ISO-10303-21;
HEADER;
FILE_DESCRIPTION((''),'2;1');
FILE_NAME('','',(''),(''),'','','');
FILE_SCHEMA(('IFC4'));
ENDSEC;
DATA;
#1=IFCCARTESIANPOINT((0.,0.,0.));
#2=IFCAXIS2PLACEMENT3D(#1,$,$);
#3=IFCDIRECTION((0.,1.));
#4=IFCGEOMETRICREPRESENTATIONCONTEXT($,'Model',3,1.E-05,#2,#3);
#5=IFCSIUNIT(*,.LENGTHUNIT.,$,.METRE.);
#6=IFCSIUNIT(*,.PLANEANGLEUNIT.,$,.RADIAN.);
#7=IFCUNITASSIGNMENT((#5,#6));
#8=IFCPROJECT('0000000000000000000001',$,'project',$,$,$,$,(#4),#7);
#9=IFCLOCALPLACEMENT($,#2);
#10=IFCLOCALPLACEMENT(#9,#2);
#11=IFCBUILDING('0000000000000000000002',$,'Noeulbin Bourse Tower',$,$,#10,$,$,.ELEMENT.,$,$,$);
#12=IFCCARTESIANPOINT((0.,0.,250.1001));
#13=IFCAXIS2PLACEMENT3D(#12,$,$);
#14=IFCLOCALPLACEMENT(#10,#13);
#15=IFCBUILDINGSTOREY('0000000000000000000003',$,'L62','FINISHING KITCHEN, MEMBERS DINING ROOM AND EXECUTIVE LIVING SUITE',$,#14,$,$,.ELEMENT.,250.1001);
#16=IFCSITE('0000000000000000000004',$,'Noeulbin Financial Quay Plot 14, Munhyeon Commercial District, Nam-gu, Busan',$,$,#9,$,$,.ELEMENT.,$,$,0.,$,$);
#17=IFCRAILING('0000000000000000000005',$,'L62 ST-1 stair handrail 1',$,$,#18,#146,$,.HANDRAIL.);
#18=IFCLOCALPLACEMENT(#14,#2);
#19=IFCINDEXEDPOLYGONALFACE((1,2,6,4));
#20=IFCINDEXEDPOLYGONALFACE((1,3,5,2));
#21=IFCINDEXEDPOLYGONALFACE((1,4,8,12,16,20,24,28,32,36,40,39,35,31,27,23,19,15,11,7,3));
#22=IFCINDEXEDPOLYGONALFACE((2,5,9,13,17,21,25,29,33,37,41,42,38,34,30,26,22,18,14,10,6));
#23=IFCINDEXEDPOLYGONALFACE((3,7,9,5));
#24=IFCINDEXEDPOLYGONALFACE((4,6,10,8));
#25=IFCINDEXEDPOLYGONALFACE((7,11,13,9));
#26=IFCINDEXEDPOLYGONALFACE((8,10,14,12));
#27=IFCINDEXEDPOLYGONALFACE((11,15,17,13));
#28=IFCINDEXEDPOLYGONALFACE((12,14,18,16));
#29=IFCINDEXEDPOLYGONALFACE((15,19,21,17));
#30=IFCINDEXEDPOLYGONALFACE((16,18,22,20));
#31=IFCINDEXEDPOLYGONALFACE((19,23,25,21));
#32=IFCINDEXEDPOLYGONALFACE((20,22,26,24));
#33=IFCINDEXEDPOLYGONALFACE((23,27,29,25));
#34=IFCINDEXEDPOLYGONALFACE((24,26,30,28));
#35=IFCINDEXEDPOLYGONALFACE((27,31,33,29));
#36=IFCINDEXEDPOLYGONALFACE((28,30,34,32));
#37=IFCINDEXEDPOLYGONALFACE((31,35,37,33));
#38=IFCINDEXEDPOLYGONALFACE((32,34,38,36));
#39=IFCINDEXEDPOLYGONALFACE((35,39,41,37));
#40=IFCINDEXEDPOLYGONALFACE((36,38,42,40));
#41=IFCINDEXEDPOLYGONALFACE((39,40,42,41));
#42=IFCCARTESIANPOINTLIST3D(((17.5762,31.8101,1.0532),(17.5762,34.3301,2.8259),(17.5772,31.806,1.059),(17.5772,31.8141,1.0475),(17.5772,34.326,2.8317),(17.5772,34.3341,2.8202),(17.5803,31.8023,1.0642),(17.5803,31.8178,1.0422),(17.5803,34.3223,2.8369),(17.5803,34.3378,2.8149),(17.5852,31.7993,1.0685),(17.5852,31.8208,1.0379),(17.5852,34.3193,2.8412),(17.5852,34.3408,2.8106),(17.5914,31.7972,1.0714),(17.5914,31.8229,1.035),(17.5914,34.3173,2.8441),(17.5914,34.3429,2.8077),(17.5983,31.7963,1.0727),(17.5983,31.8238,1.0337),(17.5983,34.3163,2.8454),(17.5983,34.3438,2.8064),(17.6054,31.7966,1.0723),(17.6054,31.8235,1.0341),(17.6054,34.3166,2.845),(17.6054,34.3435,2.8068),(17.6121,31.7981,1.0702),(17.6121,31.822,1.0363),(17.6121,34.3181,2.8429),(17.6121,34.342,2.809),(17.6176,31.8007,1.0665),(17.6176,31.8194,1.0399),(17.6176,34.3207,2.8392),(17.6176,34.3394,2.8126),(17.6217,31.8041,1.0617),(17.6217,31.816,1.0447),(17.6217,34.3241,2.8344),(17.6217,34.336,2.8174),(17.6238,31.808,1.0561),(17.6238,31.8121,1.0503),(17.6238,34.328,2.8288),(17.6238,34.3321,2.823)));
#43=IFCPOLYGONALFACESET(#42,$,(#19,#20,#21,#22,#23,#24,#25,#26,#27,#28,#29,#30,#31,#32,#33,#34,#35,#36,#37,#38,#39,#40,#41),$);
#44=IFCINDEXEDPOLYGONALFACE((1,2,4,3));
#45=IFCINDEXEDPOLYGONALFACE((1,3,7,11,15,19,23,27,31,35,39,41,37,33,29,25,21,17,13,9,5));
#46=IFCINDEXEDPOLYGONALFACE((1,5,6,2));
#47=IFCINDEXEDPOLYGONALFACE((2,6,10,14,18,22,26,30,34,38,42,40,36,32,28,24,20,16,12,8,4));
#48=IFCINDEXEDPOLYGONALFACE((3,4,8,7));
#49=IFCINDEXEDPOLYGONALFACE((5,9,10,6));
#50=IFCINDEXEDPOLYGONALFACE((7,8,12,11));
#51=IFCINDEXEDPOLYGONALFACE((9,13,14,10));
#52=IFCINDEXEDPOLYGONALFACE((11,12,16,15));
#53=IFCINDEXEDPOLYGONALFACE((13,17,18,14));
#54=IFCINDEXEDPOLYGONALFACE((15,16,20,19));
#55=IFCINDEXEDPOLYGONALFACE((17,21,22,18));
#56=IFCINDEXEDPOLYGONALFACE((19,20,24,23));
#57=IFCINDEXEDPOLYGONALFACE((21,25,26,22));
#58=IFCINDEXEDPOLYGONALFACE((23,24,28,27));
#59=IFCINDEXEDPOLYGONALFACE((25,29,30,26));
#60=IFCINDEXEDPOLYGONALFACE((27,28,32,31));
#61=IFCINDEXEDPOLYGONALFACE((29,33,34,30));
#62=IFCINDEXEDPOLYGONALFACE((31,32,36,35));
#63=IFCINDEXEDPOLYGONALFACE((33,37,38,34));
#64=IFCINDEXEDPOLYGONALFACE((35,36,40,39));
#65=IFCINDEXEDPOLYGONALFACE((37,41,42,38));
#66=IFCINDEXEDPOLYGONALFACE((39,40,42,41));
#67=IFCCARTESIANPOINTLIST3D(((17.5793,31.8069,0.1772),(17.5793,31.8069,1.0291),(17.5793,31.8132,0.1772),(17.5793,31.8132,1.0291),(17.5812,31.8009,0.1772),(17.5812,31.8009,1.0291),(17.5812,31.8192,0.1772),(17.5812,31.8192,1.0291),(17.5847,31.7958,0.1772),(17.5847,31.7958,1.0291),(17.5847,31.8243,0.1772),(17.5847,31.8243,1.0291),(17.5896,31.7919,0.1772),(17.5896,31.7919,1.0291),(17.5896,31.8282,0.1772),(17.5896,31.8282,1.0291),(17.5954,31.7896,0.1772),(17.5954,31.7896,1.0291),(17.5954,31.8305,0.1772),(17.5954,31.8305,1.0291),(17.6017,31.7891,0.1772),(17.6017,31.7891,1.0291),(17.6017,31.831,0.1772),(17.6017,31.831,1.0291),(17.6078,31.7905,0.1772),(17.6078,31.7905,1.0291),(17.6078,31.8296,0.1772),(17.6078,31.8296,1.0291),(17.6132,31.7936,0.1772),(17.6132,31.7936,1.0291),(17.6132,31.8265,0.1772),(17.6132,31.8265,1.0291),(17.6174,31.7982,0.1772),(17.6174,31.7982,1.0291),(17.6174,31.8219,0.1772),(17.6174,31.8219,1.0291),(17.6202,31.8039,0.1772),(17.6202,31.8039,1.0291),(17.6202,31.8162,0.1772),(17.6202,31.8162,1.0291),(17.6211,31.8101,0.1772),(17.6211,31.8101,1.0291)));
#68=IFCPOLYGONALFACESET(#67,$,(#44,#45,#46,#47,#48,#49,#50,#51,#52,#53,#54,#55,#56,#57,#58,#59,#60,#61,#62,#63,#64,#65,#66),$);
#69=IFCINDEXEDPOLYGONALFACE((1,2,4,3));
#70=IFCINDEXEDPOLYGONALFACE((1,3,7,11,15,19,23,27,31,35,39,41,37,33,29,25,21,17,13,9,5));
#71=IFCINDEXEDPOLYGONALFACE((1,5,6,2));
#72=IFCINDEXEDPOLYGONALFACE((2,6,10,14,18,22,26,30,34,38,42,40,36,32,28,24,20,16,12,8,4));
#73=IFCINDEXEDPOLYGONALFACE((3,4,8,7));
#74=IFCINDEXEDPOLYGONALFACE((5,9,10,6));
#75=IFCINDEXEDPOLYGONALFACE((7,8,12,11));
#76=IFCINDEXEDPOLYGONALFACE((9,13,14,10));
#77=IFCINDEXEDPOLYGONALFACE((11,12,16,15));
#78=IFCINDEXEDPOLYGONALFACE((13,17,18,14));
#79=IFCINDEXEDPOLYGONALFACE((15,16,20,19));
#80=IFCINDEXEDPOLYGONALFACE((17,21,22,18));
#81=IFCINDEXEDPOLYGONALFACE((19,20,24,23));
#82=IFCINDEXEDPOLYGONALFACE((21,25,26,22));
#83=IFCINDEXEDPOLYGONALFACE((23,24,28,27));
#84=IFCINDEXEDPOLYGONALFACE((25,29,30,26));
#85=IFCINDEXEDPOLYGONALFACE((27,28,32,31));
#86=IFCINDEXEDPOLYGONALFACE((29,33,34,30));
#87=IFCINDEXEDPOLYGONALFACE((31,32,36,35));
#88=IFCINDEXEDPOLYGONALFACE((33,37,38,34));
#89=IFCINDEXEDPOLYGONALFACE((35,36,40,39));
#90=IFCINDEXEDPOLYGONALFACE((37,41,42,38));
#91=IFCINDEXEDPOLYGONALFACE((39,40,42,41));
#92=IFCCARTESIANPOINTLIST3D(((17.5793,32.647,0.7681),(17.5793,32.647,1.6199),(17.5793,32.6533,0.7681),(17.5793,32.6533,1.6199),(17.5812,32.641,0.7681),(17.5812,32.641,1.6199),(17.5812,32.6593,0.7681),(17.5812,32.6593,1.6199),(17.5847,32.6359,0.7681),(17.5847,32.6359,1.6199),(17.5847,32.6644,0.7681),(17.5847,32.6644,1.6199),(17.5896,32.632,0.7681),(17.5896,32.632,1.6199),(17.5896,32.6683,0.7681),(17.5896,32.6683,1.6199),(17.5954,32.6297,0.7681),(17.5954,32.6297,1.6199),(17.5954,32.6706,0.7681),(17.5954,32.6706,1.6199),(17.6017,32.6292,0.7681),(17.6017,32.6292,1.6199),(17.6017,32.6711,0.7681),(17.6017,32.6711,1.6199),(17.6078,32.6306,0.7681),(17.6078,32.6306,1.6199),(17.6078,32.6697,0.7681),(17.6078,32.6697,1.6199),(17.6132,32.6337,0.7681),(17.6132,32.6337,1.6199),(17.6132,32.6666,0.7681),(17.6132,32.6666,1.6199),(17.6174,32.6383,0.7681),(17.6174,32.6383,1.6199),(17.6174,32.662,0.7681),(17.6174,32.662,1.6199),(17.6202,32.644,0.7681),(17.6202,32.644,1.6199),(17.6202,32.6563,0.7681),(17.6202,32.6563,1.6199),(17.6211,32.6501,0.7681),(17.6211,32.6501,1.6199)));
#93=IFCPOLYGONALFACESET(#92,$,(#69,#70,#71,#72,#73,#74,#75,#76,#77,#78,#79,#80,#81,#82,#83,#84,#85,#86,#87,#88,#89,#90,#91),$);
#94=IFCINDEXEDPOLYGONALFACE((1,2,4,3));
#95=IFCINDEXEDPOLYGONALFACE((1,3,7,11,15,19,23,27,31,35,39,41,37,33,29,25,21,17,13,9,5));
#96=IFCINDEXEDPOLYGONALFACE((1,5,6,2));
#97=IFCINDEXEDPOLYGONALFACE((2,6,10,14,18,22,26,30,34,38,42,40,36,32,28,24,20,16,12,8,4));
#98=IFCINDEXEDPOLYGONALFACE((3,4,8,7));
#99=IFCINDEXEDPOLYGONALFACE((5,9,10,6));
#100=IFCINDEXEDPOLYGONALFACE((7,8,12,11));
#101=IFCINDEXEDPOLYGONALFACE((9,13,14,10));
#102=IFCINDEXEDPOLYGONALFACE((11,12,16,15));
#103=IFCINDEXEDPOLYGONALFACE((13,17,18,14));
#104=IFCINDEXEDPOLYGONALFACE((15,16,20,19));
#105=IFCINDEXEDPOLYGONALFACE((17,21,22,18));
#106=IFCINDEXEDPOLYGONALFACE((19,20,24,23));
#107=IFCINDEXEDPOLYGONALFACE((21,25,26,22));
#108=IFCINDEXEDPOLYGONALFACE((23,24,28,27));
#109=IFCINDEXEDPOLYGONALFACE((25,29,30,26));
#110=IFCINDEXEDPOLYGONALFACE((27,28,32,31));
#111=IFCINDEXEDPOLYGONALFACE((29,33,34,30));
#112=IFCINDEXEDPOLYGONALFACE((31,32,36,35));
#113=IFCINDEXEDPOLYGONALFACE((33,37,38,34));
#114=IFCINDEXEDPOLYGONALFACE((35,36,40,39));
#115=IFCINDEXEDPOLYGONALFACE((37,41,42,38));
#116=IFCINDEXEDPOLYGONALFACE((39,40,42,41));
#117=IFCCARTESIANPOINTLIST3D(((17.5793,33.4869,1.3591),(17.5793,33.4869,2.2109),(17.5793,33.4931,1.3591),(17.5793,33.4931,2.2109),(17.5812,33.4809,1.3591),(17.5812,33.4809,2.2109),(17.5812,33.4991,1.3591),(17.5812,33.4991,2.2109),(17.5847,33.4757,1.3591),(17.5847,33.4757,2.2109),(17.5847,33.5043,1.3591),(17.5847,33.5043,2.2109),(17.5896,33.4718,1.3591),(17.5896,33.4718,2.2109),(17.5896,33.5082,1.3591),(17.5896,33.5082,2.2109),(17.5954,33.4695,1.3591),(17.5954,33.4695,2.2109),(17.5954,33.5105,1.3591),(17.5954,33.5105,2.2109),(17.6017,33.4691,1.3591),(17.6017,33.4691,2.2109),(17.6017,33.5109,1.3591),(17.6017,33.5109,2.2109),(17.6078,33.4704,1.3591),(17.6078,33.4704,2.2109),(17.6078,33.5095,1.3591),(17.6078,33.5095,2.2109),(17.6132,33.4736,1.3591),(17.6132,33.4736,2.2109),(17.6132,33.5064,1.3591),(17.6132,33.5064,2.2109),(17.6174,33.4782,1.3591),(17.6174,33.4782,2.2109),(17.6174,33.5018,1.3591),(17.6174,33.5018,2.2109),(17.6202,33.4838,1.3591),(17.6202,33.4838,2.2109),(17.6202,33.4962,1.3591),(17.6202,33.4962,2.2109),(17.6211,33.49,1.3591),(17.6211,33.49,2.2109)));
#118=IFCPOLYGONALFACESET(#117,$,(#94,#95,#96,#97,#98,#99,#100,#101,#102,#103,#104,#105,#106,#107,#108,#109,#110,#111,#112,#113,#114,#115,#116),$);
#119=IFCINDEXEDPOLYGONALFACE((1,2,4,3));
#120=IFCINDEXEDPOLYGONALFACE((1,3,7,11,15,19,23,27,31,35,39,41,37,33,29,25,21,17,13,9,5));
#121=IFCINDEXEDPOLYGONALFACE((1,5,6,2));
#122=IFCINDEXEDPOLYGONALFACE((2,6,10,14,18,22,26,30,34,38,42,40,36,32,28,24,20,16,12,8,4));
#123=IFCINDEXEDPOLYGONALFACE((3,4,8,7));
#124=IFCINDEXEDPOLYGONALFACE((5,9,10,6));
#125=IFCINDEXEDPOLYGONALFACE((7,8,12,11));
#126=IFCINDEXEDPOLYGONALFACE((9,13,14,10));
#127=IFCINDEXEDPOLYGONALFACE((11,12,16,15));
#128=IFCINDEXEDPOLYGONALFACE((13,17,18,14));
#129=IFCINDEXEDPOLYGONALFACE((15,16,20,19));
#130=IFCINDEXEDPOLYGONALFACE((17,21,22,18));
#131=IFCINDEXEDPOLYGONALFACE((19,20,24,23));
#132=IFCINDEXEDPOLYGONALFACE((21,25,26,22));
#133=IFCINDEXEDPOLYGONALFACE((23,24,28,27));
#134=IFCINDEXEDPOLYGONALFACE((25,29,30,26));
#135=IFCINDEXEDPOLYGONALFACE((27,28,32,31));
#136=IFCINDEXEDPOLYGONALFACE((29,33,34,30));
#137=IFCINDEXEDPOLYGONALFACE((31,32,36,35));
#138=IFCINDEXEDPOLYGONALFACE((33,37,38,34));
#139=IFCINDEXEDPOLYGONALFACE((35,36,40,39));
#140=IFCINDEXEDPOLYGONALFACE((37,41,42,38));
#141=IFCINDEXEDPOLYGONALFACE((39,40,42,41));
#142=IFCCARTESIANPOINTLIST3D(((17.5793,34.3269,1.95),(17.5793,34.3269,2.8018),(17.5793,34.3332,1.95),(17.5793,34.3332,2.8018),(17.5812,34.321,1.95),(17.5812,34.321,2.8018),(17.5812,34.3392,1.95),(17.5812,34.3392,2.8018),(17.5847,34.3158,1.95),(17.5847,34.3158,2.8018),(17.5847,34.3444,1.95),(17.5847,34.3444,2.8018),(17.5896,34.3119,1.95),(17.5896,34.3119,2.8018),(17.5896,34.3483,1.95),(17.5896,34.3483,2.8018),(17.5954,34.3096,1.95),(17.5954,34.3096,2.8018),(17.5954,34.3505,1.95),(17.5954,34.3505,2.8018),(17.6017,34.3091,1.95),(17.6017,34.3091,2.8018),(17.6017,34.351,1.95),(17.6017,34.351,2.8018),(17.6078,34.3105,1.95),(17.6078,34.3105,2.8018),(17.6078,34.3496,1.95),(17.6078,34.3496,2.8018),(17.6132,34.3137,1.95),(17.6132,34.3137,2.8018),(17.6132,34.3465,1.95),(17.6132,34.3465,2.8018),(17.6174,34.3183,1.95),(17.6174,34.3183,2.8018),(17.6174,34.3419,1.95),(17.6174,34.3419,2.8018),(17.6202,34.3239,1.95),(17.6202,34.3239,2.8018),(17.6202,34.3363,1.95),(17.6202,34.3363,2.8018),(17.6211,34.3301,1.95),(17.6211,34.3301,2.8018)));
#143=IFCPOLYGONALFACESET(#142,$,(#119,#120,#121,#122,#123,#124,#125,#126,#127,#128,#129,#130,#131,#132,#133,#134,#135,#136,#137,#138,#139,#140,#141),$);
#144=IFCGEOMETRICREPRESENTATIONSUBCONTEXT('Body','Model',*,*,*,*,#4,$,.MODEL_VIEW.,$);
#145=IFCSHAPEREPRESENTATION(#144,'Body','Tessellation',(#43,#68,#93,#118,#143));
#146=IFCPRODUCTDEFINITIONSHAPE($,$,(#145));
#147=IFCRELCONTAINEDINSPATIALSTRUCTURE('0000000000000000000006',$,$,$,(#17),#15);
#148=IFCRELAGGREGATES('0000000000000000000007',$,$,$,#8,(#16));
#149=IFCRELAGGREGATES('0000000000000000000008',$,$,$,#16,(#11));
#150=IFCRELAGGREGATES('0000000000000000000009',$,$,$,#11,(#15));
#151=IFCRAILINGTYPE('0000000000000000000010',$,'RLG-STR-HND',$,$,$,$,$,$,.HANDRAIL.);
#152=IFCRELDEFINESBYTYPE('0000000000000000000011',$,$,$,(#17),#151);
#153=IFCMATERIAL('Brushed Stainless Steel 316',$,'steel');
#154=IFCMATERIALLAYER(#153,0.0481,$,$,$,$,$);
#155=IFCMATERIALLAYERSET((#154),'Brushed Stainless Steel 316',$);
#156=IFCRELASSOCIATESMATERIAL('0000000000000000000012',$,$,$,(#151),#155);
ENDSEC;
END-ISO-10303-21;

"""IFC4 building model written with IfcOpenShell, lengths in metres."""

from ifc_helpers import new_model, si_unit, direction, frame, origin, origin_2d, place, context, subcontext, project, spatial, circle, extrude, material, layer, layer_set, type_object, element, save


model = new_model("IFC4")

# Units and contexts
model_context = context("Model", 3, precision=1e-05, world=origin(), true_north=direction((0.0, 1.0)))
body_context = subcontext(model_context, "Body", "Model", "MODEL_VIEW")
ifc_project = project(units=[si_unit("LENGTHUNIT", "METRE"), si_unit("PLANEANGLEUNIT", "RADIAN")], contexts=[model_context])

# Site, building, storey
site_placement = place(None, origin())
site = spatial("IfcSite", under=ifc_project, at=site_placement, Name="Noeulbin Financial Quay Plot 14, Munhyeon Commercial District, Nam-gu, Busan", CompositionType="ELEMENT", RefElevation=0.0)
building_placement = place(site_placement, origin())
building = spatial("IfcBuilding", under=site, at=building_placement, Name="Noeulbin Bourse Tower", CompositionType="ELEMENT")
storey_placement = place(building_placement, frame((0.0, 0.0, 250.1001)))
storey = spatial("IfcBuildingStorey", under=building, at=storey_placement, Name="L62", Description="FINISHING KITCHEN, MEMBERS DINING ROOM AND EXECUTIVE LIVING SUITE", CompositionType="ELEMENT", Elevation=250.1001)

# Railing
ifc_material_1 = material(Name="Brushed Stainless Steel 316", Category="steel")
ifc_layer_1 = layer(ifc_material_1, 0.0481)
ifc_layer_set_1 = layer_set([ifc_layer_1], Name="Brushed Stainless Steel 316")
railing_type_1 = type_object("IfcRailingType", Name="RLG-STR-HND", PredefinedType="HANDRAIL", material=ifc_layer_set_1)
railing_1_placement = place(storey_placement, frame((17.6001, 31.8101, 0.1772)))
element("IfcRailing", 1, at=railing_1_placement, inside=storey, type_object=railing_type_1, Name="L62 ST-1 stair handrail 1", PredefinedType="HANDRAIL", context=body_context, shape_type="SweptSolid", body=[
    extrude(circle(Radius=0.0239, at=origin_2d()), frame((0.0, 0.0, 0.876), z_axis=(0.0, 0.817904, 0.575354), x_axis=(-1.0, 0.0, 0.0)), (0.0, 0.0, 1.0), 3.0811),
    extrude(circle(Radius=0.021, at=origin_2d()), origin(), (0.0, 0.0, 1.0), 0.8518),
    extrude(circle(Radius=0.021, at=origin_2d()), frame((0.0, 0.8401, 0.5908)), (0.0, 0.0, 1.0), 0.8518),
    extrude(circle(Radius=0.021, at=origin_2d()), frame((0.0, 1.6799, 1.1819)), (0.0, 0.0, 1.0), 0.8518),
    extrude(circle(Radius=0.021, at=origin_2d()), frame((0.0, 2.52, 1.7727)), (0.0, 0.0, 1.0), 0.8518),
])

save(model, "model.ifc")
